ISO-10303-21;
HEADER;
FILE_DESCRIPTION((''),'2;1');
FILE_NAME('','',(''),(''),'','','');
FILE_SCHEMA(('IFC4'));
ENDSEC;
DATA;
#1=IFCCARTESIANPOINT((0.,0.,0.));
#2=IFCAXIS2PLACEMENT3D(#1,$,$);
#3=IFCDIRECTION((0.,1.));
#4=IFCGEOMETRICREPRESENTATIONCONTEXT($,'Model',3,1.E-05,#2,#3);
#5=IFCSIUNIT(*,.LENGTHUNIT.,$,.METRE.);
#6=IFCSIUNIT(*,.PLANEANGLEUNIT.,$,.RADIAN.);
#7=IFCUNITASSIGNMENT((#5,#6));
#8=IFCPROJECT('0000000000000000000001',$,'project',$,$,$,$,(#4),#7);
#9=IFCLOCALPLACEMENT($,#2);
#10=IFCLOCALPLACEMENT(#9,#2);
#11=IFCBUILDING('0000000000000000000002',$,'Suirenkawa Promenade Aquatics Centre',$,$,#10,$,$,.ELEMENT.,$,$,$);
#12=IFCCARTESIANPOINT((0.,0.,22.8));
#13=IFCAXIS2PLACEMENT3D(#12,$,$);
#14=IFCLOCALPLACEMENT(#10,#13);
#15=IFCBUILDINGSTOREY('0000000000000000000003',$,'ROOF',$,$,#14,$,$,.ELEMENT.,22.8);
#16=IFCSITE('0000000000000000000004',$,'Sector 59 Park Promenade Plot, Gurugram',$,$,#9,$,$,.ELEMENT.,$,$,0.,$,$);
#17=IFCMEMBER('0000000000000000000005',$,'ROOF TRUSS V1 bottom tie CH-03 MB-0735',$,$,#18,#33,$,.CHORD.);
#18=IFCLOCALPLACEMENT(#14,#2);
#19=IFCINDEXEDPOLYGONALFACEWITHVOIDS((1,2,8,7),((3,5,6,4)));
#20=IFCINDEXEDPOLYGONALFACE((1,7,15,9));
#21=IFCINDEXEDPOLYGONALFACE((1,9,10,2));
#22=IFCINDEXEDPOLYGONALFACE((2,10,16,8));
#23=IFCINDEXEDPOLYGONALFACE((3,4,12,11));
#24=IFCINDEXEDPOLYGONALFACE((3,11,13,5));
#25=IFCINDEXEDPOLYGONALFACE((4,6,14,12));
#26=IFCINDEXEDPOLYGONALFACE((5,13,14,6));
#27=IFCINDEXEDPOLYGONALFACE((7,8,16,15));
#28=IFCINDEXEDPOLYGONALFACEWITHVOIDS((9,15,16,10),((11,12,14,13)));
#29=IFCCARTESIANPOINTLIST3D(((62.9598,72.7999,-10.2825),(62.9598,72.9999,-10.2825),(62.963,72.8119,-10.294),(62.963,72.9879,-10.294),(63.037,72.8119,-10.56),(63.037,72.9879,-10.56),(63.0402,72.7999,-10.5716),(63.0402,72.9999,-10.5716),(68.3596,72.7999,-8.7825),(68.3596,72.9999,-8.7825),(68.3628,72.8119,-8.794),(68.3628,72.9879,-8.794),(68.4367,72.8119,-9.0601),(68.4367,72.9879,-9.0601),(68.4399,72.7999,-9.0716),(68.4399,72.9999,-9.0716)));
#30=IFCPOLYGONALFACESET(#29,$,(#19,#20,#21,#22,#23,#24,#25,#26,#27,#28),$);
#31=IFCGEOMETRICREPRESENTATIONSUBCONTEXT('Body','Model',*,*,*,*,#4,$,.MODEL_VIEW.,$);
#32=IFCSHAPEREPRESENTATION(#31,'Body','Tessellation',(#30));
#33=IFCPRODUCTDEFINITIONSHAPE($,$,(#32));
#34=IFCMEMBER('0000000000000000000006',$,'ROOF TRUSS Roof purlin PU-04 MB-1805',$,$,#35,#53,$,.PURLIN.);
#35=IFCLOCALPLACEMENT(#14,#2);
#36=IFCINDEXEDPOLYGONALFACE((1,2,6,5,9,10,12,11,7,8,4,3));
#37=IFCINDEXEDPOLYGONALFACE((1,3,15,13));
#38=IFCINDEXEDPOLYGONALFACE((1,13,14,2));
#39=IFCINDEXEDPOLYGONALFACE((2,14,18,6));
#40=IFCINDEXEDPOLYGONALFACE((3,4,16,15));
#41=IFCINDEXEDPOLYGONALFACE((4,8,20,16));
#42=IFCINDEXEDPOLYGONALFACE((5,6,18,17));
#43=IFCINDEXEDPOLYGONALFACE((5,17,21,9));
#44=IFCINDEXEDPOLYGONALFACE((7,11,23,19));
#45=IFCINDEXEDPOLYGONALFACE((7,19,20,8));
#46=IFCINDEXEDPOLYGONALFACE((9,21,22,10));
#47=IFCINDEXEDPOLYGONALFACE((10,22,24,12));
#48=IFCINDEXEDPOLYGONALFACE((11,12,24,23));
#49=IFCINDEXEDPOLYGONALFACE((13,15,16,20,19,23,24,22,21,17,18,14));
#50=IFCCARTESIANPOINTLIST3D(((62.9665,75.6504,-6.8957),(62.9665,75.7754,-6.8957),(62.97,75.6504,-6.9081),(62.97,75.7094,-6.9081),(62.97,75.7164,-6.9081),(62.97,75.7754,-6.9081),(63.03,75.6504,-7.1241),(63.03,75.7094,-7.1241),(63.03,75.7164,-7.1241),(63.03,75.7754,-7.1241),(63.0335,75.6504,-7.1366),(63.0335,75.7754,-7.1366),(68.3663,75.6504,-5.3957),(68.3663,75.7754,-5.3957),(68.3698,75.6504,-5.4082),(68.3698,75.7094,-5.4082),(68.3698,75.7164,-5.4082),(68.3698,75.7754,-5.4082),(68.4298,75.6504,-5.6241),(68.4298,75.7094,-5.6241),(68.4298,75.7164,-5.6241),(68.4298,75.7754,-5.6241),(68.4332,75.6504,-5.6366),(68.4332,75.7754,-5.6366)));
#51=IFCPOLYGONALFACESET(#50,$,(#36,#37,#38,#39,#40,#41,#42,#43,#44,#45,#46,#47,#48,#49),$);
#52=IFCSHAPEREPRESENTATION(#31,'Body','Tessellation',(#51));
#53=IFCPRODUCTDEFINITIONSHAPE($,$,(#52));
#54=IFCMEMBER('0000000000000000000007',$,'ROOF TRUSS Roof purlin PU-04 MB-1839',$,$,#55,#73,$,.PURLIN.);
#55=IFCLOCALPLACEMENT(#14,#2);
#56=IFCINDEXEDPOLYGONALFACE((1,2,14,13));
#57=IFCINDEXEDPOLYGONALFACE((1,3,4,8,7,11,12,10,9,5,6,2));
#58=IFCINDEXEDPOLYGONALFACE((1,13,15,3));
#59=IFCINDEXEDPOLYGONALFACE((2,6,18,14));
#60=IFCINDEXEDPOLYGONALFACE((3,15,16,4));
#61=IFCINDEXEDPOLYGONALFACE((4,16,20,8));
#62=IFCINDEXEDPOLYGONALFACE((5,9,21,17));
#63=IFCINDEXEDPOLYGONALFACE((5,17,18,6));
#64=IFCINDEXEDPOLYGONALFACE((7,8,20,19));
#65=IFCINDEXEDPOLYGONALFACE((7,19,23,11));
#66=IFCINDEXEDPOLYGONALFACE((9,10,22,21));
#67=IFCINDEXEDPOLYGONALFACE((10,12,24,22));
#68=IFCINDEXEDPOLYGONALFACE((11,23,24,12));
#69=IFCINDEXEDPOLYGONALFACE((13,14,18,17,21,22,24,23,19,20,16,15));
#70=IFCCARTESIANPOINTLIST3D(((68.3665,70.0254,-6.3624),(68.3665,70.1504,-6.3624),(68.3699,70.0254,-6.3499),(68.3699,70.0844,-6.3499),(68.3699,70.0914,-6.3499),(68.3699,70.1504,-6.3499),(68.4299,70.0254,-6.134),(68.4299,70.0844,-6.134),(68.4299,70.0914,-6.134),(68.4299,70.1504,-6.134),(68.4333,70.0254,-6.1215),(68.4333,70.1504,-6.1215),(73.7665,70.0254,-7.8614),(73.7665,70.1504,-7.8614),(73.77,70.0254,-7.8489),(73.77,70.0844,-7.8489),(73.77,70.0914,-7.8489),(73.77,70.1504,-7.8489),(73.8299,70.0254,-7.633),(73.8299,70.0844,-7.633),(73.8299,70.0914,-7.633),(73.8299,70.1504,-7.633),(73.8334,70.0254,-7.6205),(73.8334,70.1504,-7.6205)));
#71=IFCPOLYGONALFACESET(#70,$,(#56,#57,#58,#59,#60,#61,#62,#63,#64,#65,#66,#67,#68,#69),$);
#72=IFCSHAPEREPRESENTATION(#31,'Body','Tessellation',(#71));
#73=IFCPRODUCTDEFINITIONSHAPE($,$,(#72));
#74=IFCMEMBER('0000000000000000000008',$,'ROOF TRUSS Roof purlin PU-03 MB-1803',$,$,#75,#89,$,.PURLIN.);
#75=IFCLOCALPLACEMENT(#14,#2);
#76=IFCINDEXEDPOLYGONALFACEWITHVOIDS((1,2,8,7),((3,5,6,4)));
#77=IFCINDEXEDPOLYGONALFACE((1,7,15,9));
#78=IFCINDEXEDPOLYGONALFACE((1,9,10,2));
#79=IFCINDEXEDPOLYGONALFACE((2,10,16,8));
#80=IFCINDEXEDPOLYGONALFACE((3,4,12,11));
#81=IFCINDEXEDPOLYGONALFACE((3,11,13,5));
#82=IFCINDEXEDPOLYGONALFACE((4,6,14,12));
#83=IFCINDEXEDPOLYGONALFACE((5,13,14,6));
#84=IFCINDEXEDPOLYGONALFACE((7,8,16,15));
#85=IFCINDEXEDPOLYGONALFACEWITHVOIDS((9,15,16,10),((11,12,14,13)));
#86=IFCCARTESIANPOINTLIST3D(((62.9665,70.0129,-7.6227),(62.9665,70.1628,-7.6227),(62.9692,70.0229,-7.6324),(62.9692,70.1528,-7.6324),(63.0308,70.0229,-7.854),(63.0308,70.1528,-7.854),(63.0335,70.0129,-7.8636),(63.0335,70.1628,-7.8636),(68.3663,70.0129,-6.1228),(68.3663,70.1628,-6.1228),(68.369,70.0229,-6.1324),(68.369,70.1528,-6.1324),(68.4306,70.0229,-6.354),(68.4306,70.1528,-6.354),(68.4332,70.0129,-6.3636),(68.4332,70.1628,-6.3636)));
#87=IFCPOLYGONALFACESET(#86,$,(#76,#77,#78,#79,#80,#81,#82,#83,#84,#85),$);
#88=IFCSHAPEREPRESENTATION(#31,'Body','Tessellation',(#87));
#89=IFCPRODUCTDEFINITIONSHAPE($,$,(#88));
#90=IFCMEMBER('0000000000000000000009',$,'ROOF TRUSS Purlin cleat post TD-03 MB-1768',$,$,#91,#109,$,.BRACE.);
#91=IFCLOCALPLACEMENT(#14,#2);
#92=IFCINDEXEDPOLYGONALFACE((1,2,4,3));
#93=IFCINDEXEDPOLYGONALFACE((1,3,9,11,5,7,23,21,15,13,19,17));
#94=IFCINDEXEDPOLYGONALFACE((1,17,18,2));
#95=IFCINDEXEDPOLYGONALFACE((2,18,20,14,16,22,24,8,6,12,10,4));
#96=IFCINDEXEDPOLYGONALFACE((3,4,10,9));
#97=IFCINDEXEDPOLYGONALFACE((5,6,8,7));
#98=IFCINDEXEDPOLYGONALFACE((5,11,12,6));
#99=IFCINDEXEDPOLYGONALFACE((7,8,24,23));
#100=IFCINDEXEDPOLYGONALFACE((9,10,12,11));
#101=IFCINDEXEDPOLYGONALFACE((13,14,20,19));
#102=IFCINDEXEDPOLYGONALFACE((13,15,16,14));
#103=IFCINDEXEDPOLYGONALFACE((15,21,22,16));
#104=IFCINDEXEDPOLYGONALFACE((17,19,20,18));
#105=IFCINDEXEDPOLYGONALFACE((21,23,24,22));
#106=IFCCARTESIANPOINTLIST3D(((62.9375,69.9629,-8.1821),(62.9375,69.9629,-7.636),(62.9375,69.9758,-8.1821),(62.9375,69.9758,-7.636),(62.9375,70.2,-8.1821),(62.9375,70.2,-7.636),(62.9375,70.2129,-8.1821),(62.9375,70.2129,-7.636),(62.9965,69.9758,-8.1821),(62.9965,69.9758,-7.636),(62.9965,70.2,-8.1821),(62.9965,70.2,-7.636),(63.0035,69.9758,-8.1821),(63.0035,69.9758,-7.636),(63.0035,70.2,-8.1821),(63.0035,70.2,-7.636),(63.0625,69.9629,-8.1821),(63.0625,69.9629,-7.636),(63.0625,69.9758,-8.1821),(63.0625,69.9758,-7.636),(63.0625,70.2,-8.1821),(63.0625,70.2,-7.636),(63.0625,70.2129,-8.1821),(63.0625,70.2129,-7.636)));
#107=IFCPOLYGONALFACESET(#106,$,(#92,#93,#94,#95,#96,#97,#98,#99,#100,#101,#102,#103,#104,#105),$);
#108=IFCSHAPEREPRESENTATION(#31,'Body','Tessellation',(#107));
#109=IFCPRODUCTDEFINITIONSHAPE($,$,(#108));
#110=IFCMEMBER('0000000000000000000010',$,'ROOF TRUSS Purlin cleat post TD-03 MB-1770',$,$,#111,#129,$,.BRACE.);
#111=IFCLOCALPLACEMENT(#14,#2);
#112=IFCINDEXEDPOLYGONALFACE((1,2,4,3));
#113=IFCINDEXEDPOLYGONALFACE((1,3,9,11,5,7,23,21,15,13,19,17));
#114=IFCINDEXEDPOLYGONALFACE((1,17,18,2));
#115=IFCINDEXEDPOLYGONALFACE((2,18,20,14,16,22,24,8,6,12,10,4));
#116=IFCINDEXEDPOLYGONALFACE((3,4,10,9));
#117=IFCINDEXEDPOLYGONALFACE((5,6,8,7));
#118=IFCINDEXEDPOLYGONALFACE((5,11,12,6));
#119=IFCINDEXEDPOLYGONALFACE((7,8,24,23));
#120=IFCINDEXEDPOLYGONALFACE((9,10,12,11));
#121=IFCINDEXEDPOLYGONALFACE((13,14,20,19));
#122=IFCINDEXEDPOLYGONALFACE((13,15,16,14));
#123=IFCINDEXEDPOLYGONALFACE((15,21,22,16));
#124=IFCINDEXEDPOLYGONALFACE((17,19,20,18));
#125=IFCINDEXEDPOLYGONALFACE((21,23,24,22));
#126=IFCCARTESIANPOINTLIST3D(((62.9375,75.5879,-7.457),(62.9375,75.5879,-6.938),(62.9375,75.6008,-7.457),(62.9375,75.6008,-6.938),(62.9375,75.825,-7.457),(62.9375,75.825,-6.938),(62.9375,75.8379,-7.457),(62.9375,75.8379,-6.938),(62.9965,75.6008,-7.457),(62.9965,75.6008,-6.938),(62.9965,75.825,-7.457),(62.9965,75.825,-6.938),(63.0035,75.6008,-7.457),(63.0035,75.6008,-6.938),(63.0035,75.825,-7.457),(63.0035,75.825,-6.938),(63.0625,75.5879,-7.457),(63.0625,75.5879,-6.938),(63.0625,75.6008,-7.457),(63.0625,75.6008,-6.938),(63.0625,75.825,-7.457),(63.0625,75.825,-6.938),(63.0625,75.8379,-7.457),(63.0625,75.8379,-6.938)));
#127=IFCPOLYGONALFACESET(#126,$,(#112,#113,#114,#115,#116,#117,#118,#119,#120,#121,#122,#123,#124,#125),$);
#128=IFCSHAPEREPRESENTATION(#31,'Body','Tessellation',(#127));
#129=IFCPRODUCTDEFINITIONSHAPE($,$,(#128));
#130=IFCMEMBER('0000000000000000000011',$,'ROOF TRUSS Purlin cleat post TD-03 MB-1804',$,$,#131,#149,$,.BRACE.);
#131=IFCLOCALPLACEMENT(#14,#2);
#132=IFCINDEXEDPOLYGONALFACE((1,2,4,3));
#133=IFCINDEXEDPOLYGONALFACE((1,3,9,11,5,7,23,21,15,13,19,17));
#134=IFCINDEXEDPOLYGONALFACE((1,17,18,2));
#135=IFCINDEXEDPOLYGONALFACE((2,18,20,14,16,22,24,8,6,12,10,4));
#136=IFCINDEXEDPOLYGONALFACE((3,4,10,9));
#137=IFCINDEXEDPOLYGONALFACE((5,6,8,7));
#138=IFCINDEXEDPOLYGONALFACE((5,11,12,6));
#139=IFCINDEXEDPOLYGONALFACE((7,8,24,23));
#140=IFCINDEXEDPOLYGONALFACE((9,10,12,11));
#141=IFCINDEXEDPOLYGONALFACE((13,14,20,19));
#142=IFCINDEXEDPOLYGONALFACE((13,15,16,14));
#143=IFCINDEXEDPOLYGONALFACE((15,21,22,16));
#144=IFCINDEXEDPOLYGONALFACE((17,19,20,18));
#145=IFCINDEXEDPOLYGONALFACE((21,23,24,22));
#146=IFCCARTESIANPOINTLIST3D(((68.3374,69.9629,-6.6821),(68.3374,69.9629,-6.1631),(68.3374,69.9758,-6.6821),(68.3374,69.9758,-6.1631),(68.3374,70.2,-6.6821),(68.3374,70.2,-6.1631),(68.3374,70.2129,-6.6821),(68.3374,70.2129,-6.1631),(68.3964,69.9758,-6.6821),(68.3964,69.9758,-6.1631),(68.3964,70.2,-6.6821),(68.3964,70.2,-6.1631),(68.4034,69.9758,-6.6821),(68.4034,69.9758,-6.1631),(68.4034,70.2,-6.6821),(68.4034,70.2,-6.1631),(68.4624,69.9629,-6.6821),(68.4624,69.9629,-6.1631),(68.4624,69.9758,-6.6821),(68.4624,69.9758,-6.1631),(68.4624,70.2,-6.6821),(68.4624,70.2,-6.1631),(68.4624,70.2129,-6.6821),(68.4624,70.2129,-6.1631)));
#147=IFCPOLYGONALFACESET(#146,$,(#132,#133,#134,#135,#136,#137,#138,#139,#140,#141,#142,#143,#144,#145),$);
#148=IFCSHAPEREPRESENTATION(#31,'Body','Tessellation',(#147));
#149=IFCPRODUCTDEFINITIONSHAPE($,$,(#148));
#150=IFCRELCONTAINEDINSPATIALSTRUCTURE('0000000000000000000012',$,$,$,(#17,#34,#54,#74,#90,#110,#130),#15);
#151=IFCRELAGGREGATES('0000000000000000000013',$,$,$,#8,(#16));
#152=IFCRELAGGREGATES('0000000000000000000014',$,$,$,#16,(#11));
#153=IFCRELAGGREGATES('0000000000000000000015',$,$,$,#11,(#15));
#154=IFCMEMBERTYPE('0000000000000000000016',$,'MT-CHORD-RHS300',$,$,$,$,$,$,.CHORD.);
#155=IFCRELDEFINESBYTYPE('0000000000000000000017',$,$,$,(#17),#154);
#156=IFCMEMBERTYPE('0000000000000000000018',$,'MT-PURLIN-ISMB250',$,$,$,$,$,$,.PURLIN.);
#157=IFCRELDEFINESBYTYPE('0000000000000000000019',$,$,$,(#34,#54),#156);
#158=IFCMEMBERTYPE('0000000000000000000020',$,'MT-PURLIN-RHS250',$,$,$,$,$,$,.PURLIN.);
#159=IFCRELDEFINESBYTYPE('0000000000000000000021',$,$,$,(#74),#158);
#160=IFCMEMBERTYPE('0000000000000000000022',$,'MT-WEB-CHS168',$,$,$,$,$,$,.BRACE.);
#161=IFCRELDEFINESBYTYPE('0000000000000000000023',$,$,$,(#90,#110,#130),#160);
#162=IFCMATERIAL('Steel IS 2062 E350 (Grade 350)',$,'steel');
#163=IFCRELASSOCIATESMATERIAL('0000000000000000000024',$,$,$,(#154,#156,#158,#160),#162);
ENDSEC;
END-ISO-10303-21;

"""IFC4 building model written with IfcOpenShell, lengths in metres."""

from ifc_helpers import new_model, si_unit, direction, frame, origin, origin_2d, place, context, subcontext, project, spatial, hollow_rectangle, i_section, extrude, material, material_profile, profile_set, type_object, element, save


model = new_model("IFC4")

# Units and contexts
model_context = context("Model", 3, precision=1e-05, world=origin(), true_north=direction((0.0, 1.0)))
body_context = subcontext(model_context, "Body", "Model", "MODEL_VIEW")
ifc_project = project(units=[si_unit("LENGTHUNIT", "METRE"), si_unit("PLANEANGLEUNIT", "RADIAN")], contexts=[model_context])

# Site, building, storey
site_placement = place(None, origin())
site = spatial("IfcSite", under=ifc_project, at=site_placement, Name="Sector 59 Park Promenade Plot, Gurugram", CompositionType="ELEMENT", RefElevation=0.0)
building_placement = place(site_placement, origin())
building = spatial("IfcBuilding", under=site, at=building_placement, Name="Suirenkawa Promenade Aquatics Centre", CompositionType="ELEMENT")
storey_placement = place(building_placement, frame((0.0, 0.0, 22.8)))
storey = spatial("IfcBuildingStorey", under=building, at=storey_placement, Name="ROOF", CompositionType="ELEMENT", Elevation=22.8)

# Shared definitions
ifc_material = material(Name="Steel IS 2062 E350 (Grade 350)", Category="steel")

# Members
ifc_material_profile_1 = material_profile(ifc_material, hollow_rectangle(XDim=0.2, YDim=0.3, WallThickness=0.012, at=origin_2d()), Name="RHS 300x200x12", Category="steel")
ifc_profile_set_1 = profile_set([ifc_material_profile_1], Name="Steel IS 2062 E350 (Grade 350)")
member_type_1 = type_object("IfcMemberType", Name="MT-CHORD-RHS300", PredefinedType="CHORD", material=ifc_profile_set_1)
member_1_placement = place(storey_placement, frame((63.0, 72.8999, -10.427), z_axis=(0.963517, 0.0, 0.267648), x_axis=(0.0, 1.0, 0.0)))
element("IfcMember", 1, at=member_1_placement, inside=storey, type_object=member_type_1, Name="ROOF TRUSS V1 bottom tie CH-03 MB-0735", PredefinedType="CHORD", context=body_context, shape_type="SweptSolid", body=[
    extrude(hollow_rectangle(XDim=0.2, YDim=0.3, WallThickness=0.012, at=origin_2d()), origin(), (0.0, 0.0, 1.0), 5.6042),
])
ifc_material_profile_2 = material_profile(ifc_material, i_section(OverallWidth=0.125, OverallDepth=0.25, WebThickness=0.0071, FlangeThickness=0.0129, at=origin_2d()), Name="ISMB 250", Category="steel")
ifc_profile_set_2 = profile_set([ifc_material_profile_2], Name="Steel IS 2062 E350 (Grade 350)")
member_type_2 = type_object("IfcMemberType", Name="MT-PURLIN-ISMB250", PredefinedType="PURLIN", material=ifc_profile_set_2)
for number, where, z_axis, x_axis, name in (
    (2, (63.0, 75.7129, -7.0161), (0.963517, 0.0, 0.267648), (0.0, 1.0, 0.0), "ROOF TRUSS Roof purlin PU-04 MB-1805"),
    (3, (68.3999, 70.0879, -6.2419), (0.963565, 0.0, -0.267475), (0.0, 1.0, 0.0), "ROOF TRUSS Roof purlin PU-04 MB-1839"),
):
    element("IfcMember", number, at=place(storey_placement, frame(where, z_axis=z_axis, x_axis=x_axis)), inside=storey, type_object=member_type_2, Name=name, PredefinedType="PURLIN", context=body_context, shape_type="SweptSolid", body=[
        extrude(i_section(OverallWidth=0.125, OverallDepth=0.25, WebThickness=0.0071, FlangeThickness=0.0129, at=origin_2d()), origin(), (0.0, 0.0, 1.0), 5.6042),
    ])
ifc_material_profile_3 = material_profile(ifc_material, hollow_rectangle(XDim=0.1499, YDim=0.25, WallThickness=0.01, at=origin_2d()), Name="RHS 250x150x10", Category="steel")
ifc_profile_set_3 = profile_set([ifc_material_profile_3], Name="Steel IS 2062 E350 (Grade 350)")
member_type_3 = type_object("IfcMemberType", Name="MT-PURLIN-RHS250", PredefinedType="PURLIN", material=ifc_profile_set_3)
member_2_placement = place(storey_placement, frame((63.0, 70.0879, -7.7432), z_axis=(0.963517, 0.0, 0.267648), x_axis=(0.0, 1.0, 0.0)))
element("IfcMember", 4, at=member_2_placement, inside=storey, type_object=member_type_3, Name="ROOF TRUSS Roof purlin PU-03 MB-1803", PredefinedType="PURLIN", context=body_context, shape_type="SweptSolid", body=[
    extrude(hollow_rectangle(XDim=0.1499, YDim=0.25, WallThickness=0.01, at=origin_2d()), origin(), (0.0, 0.0, 1.0), 5.6042),
])
ifc_material_profile_4 = material_profile(ifc_material, i_section(OverallWidth=0.125, OverallDepth=0.25, WebThickness=0.0071, FlangeThickness=0.0129, at=origin_2d()), Name="ISMB 250", Category="steel")
ifc_profile_set_4 = profile_set([ifc_material_profile_4], Name="Steel IS 2062 E350 (Grade 350)")
member_type_4 = type_object("IfcMemberType", Name="MT-WEB-CHS168", PredefinedType="BRACE", material=ifc_profile_set_4)
member_3_placement = place(storey_placement, frame((63.0, 70.0879, -8.1821), z_axis=(0.0, 0.0, 1.0), x_axis=(1.0, 0.0, 0.0)))
element("IfcMember", 5, at=member_3_placement, inside=storey, type_object=member_type_4, Name="ROOF TRUSS Purlin cleat post TD-03 MB-1768", PredefinedType="BRACE", context=body_context, shape_type="SweptSolid", body=[
    extrude(i_section(OverallWidth=0.125, OverallDepth=0.25, WebThickness=0.0071, FlangeThickness=0.0129, at=origin_2d()), origin(), (0.0, 0.0, 1.0), 0.5461),
])
for number, where, z_axis, x_axis, name in (
    (6, (63.0, 75.7129, -7.457), (0.0, 0.0, 1.0), (1.0, 0.0, 0.0), "ROOF TRUSS Purlin cleat post TD-03 MB-1770"),
    (7, (68.3999, 70.0879, -6.6821), (0.0, 0.0, 1.0), (1.0, 0.0, 0.0), "ROOF TRUSS Purlin cleat post TD-03 MB-1804"),
):
    element("IfcMember", number, at=place(storey_placement, frame(where, z_axis=z_axis, x_axis=x_axis)), inside=storey, type_object=member_type_4, Name=name, PredefinedType="BRACE", context=body_context, shape_type="SweptSolid", body=[
        extrude(i_section(OverallWidth=0.125, OverallDepth=0.25, WebThickness=0.0071, FlangeThickness=0.0129, at=origin_2d()), origin(), (0.0, 0.0, 1.0), 0.519),
    ])

save(model, "model.ifc")
